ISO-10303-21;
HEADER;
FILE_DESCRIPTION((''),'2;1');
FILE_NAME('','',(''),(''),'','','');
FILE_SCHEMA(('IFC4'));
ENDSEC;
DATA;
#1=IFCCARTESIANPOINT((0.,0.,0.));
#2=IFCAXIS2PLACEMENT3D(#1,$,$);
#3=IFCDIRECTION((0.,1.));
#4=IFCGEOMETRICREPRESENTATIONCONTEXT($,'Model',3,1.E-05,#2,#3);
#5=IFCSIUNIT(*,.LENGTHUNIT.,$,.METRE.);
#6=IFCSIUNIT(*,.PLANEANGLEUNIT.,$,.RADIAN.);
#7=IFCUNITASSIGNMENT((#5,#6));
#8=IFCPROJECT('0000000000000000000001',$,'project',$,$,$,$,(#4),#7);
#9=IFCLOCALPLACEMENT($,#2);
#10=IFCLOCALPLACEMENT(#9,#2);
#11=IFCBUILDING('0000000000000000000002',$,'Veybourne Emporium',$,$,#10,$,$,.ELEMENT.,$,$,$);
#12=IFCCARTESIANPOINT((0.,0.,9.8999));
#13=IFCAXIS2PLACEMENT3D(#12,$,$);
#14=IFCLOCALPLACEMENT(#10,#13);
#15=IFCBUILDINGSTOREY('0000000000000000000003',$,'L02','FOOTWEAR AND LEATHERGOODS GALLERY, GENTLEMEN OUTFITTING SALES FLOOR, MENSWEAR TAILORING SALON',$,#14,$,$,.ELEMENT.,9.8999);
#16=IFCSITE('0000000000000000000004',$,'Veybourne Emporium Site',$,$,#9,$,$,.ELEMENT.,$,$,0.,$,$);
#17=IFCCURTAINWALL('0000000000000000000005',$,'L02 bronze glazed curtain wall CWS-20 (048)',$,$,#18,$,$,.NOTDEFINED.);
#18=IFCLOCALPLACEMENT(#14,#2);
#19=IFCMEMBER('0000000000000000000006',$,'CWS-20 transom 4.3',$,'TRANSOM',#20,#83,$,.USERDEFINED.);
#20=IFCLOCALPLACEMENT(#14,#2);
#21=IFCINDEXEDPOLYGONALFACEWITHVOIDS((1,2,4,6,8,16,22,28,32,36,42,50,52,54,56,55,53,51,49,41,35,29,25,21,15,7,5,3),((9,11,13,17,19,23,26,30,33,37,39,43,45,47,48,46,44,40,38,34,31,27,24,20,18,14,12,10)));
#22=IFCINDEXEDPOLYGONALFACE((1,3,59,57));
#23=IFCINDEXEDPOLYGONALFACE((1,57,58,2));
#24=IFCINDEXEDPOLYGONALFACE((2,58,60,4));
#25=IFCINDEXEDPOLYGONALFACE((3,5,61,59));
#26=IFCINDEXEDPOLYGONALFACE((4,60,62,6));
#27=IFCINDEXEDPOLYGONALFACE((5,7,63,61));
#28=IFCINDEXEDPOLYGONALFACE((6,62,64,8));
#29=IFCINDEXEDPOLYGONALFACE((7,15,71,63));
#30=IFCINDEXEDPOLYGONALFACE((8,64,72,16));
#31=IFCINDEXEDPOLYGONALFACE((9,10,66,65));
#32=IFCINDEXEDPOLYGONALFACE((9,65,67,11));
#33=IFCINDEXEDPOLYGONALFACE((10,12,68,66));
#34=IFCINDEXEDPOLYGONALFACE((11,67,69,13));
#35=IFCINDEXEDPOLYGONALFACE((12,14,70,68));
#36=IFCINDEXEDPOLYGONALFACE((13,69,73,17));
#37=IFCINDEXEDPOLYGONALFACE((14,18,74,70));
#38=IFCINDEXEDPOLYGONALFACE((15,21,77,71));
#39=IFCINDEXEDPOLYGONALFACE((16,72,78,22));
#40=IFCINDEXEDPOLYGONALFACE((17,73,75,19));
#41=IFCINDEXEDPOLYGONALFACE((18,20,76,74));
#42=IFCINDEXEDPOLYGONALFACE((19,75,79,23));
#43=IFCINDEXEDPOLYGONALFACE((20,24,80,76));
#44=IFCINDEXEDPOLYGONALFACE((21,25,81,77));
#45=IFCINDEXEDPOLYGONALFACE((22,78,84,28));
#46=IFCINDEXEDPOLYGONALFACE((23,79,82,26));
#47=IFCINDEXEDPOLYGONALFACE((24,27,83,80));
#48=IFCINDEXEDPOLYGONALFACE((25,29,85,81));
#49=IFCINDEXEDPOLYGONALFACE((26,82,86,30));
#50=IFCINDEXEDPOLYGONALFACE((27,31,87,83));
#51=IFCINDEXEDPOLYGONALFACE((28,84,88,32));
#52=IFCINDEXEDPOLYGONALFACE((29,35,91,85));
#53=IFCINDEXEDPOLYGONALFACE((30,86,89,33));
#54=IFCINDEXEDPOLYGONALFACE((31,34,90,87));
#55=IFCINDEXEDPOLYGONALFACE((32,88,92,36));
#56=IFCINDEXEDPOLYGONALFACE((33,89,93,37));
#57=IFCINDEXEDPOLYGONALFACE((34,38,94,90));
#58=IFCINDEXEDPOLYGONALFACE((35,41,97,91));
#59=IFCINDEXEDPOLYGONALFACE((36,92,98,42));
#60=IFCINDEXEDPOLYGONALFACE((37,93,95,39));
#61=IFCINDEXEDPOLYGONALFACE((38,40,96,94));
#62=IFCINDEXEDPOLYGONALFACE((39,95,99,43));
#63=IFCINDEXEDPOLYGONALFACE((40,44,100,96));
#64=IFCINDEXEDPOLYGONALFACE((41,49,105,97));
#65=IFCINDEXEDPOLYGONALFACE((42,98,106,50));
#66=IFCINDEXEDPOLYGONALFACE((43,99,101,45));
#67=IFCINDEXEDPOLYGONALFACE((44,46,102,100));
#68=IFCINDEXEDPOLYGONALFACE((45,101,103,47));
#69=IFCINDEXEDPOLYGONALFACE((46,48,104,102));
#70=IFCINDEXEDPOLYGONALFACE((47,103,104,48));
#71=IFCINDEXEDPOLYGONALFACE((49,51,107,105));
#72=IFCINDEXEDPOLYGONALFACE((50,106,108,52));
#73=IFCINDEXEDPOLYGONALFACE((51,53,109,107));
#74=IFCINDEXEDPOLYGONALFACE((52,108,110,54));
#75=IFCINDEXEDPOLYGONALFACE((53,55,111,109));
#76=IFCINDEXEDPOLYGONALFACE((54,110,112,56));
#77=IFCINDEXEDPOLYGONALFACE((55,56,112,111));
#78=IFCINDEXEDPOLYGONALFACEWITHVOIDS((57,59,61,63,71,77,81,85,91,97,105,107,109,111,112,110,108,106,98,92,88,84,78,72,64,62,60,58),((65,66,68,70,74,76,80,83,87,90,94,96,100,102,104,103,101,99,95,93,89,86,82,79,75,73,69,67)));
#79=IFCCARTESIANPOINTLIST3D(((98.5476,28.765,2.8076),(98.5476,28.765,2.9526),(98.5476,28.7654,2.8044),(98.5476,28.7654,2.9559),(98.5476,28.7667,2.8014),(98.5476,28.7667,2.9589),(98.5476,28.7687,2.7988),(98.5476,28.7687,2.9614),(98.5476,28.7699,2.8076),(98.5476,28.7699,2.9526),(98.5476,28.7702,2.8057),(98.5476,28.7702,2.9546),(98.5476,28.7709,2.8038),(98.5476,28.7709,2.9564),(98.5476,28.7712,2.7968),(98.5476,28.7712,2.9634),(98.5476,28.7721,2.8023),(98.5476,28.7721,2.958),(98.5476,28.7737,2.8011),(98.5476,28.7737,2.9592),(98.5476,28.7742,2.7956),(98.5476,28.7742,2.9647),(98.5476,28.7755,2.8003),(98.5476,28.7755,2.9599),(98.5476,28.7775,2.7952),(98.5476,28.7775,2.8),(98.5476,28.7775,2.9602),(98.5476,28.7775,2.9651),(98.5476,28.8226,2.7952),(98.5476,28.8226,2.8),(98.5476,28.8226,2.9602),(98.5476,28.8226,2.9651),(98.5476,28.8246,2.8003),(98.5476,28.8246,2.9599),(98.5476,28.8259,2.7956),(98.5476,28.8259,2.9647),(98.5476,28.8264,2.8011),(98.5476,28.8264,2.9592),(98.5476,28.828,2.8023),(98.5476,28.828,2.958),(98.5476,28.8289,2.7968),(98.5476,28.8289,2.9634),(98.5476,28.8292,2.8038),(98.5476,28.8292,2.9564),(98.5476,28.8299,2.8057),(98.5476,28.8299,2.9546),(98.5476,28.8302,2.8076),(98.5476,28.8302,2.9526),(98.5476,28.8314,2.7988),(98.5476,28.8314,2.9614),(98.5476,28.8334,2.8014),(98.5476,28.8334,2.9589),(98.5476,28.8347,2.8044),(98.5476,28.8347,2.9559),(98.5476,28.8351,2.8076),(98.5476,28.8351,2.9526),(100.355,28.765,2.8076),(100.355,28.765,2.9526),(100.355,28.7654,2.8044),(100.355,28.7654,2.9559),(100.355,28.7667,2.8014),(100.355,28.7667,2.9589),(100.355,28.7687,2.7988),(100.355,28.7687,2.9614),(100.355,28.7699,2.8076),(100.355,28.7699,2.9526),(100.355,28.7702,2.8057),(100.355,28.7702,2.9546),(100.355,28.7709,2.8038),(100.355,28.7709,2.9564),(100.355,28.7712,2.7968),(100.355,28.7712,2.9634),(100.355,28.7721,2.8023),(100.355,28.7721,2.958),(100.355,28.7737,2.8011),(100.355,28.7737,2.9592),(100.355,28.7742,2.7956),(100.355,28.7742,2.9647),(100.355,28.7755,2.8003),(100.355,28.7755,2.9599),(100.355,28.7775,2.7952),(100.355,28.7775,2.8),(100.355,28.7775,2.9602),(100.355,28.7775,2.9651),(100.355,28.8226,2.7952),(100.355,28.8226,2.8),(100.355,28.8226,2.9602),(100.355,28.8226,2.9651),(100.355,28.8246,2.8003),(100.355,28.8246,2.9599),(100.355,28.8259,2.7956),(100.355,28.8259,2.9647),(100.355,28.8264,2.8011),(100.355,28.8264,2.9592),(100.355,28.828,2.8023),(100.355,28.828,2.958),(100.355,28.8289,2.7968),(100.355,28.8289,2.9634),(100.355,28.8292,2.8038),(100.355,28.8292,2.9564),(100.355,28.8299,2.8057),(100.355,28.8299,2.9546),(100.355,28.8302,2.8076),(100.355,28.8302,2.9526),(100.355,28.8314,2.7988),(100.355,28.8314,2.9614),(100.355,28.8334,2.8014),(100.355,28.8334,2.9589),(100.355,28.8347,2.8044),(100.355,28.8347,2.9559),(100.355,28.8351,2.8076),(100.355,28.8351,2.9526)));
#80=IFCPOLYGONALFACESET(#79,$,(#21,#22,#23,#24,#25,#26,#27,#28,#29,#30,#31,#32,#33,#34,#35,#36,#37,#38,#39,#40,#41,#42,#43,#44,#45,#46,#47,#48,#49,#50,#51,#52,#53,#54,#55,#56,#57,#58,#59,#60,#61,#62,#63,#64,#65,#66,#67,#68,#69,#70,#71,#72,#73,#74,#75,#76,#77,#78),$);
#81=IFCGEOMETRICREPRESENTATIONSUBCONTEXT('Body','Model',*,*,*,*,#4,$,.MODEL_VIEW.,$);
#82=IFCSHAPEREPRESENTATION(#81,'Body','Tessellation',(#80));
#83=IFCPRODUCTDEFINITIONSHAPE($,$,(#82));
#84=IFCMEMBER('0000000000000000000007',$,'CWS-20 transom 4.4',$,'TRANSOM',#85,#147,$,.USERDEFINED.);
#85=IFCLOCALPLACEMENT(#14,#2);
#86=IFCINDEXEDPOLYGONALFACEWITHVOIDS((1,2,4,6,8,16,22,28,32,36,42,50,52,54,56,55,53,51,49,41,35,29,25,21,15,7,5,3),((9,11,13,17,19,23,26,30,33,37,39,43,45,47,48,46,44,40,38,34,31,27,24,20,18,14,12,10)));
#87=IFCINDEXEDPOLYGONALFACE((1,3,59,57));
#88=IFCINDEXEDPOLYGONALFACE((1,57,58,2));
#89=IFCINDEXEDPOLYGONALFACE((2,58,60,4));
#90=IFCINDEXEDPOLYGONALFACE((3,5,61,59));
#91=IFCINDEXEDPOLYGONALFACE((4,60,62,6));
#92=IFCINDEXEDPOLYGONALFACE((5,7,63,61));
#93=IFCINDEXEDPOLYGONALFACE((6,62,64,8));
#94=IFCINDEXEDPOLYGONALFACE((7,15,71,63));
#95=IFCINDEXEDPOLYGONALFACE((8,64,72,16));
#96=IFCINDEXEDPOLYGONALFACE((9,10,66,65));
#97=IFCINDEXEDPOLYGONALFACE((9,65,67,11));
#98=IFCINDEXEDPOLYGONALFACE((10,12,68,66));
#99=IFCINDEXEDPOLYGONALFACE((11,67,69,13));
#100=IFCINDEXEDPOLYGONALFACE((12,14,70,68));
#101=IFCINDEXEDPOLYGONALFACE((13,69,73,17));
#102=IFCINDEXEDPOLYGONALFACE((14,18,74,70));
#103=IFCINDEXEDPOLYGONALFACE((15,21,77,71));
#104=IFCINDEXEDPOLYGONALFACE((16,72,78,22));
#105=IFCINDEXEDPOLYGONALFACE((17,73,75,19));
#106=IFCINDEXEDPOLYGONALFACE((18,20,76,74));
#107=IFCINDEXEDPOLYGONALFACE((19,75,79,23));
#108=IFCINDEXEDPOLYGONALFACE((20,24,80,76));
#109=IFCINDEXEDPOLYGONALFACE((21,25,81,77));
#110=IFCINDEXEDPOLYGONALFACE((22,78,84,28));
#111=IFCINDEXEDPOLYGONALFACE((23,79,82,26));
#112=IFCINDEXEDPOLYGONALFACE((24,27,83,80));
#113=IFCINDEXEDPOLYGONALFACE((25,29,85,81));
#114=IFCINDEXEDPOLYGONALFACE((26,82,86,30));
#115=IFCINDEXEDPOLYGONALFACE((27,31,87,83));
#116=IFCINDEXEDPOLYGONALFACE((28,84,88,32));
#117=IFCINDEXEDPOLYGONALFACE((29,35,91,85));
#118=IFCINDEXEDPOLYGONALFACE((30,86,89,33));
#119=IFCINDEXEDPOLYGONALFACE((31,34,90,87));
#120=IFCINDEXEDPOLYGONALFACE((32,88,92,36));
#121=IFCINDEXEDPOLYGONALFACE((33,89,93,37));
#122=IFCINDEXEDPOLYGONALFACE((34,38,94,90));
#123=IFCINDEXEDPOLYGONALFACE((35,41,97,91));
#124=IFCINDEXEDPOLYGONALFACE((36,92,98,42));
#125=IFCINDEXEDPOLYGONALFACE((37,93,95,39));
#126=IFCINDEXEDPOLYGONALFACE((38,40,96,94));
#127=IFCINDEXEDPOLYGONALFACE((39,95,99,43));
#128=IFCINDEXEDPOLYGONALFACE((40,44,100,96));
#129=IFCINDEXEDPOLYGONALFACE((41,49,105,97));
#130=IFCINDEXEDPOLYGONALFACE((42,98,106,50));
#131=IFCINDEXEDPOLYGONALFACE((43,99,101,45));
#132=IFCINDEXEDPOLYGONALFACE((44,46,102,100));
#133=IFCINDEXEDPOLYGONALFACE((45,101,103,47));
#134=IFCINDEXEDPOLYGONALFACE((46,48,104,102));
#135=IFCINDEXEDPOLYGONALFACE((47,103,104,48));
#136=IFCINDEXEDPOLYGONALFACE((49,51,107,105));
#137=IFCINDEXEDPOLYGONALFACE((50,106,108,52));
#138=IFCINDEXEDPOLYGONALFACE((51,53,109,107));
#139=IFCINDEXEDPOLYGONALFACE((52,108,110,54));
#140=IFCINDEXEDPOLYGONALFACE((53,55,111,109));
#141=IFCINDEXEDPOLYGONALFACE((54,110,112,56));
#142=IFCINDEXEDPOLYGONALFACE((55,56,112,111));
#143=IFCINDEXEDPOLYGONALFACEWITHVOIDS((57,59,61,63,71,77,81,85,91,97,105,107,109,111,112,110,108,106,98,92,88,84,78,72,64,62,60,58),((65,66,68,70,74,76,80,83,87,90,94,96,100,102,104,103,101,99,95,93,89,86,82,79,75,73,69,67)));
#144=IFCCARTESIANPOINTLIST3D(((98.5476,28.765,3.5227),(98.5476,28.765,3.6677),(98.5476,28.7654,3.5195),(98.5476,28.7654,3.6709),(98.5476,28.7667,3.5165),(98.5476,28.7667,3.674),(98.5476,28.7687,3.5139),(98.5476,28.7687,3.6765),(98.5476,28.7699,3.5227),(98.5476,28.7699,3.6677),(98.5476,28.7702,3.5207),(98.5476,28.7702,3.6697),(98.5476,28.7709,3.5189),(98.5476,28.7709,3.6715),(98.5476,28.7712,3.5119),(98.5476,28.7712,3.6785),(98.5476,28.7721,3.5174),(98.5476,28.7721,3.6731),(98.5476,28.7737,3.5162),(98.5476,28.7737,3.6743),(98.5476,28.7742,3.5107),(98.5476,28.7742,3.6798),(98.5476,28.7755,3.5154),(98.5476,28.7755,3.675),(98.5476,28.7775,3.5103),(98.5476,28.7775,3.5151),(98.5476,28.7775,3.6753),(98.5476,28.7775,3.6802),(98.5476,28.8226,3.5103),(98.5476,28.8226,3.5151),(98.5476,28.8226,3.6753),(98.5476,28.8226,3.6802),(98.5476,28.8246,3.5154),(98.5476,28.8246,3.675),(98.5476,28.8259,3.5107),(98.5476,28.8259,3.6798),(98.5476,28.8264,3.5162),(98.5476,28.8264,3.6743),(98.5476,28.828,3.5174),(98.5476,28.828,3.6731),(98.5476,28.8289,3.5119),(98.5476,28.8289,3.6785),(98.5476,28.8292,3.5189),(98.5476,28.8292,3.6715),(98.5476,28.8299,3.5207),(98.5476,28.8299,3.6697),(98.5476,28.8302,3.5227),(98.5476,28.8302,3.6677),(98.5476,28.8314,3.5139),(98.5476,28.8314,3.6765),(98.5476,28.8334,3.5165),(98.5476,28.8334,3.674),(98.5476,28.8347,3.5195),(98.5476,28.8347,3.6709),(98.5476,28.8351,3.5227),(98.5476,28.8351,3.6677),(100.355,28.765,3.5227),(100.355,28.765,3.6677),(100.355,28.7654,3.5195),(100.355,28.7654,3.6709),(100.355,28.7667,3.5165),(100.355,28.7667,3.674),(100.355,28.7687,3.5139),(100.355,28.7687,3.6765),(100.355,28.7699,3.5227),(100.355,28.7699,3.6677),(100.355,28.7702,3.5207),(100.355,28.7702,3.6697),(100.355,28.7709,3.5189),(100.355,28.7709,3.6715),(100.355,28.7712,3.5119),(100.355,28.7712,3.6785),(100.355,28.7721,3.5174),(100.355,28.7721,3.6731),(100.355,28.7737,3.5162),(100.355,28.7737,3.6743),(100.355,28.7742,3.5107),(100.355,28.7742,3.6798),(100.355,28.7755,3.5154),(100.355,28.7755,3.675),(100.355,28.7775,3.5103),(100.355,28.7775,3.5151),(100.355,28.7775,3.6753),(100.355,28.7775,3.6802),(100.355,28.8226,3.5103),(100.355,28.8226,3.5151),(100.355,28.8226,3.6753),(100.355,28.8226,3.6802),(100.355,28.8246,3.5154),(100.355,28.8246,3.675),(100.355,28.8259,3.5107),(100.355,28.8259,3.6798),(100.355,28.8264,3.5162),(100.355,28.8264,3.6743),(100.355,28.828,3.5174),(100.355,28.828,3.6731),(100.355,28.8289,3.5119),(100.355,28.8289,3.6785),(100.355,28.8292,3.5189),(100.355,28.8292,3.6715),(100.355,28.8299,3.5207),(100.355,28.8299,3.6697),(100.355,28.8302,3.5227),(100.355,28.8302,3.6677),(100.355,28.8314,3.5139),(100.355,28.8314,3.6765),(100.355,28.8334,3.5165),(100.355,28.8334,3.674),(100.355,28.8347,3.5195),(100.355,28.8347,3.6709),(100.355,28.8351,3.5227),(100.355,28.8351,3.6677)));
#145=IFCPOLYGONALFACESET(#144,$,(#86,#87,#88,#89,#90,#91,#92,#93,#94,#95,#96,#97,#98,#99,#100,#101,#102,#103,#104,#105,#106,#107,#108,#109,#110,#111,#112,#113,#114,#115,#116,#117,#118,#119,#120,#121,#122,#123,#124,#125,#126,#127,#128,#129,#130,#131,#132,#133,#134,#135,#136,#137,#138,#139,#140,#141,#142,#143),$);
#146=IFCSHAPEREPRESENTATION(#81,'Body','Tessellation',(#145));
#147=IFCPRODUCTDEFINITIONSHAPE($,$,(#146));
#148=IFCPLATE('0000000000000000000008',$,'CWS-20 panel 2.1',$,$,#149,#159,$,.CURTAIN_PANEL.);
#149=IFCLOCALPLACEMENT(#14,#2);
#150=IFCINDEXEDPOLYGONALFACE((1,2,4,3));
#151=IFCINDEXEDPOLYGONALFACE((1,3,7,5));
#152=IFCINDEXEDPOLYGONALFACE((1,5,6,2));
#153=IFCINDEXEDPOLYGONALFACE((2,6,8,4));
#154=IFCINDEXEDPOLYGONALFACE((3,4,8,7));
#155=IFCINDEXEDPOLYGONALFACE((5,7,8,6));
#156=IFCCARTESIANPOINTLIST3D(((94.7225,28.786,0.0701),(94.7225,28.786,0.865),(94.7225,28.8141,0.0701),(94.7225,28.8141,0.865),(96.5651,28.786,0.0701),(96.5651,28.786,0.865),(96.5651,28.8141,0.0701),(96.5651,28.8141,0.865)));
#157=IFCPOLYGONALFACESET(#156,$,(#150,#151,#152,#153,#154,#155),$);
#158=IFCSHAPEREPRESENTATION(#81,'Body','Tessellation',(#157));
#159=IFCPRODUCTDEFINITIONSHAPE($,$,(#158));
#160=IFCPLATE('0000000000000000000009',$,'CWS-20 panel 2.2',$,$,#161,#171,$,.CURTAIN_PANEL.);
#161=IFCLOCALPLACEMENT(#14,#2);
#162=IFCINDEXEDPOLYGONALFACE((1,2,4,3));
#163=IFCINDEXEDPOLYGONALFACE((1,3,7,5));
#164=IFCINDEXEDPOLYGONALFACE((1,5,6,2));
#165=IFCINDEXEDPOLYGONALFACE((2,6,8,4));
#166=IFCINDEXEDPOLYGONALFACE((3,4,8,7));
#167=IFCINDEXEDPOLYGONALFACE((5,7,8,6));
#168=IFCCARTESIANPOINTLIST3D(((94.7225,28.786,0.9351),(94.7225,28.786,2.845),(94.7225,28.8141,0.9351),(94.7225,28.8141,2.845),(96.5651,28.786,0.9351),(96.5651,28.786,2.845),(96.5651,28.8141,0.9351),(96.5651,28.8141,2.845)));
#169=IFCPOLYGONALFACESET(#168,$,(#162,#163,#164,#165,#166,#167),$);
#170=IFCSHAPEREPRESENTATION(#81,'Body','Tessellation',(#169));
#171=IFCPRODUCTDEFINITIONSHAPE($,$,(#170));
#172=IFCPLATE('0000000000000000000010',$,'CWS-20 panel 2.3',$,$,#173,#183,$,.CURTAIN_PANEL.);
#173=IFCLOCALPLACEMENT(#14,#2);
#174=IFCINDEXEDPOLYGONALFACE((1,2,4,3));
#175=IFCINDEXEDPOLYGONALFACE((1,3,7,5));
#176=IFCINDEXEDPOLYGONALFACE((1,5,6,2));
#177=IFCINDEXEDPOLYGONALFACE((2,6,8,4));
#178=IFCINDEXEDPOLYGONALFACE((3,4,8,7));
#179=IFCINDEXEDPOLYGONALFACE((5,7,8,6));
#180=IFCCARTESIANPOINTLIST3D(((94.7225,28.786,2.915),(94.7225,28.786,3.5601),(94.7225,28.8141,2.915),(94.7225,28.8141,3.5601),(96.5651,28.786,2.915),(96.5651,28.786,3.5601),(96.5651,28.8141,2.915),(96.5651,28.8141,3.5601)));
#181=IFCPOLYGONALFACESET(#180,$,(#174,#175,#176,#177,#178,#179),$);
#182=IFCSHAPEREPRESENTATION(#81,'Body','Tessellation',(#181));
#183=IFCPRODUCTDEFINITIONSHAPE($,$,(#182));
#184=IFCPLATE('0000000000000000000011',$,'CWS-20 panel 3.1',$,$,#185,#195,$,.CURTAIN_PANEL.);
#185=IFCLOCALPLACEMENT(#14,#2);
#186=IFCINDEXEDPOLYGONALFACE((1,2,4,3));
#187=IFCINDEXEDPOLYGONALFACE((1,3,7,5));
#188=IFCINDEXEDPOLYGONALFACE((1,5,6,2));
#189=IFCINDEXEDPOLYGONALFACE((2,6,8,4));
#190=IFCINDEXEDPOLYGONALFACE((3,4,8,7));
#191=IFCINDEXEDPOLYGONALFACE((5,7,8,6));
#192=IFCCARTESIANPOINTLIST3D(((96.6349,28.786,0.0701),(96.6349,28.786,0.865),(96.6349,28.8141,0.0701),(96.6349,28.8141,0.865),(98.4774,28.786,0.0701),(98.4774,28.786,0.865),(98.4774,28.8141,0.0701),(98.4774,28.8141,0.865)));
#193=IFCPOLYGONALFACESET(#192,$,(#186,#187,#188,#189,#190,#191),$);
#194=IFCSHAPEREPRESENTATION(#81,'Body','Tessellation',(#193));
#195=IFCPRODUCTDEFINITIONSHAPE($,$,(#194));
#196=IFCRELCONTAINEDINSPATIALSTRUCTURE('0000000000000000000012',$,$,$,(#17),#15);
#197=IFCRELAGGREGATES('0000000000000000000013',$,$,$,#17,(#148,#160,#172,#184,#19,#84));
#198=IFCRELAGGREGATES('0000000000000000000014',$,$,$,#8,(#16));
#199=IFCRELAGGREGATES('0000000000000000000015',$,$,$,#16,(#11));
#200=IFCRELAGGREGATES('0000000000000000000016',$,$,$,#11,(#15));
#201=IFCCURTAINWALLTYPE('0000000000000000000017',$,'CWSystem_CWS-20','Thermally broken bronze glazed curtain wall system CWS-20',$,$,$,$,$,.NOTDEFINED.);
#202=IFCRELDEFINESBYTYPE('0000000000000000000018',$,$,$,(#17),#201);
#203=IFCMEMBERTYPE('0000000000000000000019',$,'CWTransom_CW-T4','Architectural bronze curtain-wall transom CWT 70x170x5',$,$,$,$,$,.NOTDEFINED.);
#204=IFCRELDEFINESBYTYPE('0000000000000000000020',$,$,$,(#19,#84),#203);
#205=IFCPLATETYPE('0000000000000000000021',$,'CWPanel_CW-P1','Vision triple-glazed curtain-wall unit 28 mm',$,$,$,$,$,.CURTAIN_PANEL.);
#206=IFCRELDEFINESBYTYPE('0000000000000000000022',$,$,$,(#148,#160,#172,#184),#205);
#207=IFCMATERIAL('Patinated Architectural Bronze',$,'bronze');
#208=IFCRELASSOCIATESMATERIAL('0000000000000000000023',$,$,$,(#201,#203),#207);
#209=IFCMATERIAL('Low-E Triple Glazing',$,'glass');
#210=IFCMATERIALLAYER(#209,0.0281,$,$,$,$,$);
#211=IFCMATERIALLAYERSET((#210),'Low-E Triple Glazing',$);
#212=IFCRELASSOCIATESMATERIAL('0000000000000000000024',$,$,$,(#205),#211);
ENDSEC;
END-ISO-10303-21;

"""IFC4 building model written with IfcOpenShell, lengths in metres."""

from ifc_helpers import new_model, si_unit, direction, frame, origin, origin_2d, place, context, subcontext, project, spatial, rectangle, hollow_rectangle, extrude, material, layer, layer_set, material_profile, profile_set, type_object, element, aggregate, save


model = new_model("IFC4")

# Units and contexts
model_context = context("Model", 3, precision=1e-05, world=origin(), true_north=direction((0.0, 1.0)))
body_context = subcontext(model_context, "Body", "Model", "MODEL_VIEW")
ifc_project = project(units=[si_unit("LENGTHUNIT", "METRE"), si_unit("PLANEANGLEUNIT", "RADIAN")], contexts=[model_context])

# Site, building, storey
site_placement = place(None, origin())
site = spatial("IfcSite", under=ifc_project, at=site_placement, Name="Veybourne Emporium Site", CompositionType="ELEMENT", RefElevation=0.0)
building_placement = place(site_placement, origin())
building = spatial("IfcBuilding", under=site, at=building_placement, Name="Veybourne Emporium", CompositionType="ELEMENT")
storey_placement = place(building_placement, frame((0.0, 0.0, 9.8999)))
storey = spatial("IfcBuildingStorey", under=building, at=storey_placement, Name="L02", Description="FOOTWEAR AND LEATHERGOODS GALLERY, GENTLEMEN OUTFITTING SALES FLOOR, MENSWEAR TAILORING SALON", CompositionType="ELEMENT", Elevation=9.8999)

# Curtain wall, members, plates
ifc_material_1 = material(Name="Patinated Architectural Bronze", Category="bronze")
curtain_wall_type = type_object("IfcCurtainWallType", Name="CWSystem_CWS-20", Description="Thermally broken bronze glazed curtain wall system CWS-20", PredefinedType="NOTDEFINED", material=ifc_material_1)
curtain_wall_placement = place(storey_placement, origin())
curtain_wall = element("IfcCurtainWall", 1, at=curtain_wall_placement, inside=storey, type_object=curtain_wall_type, Name="L02 bronze glazed curtain wall CWS-20 (048)", PredefinedType="NOTDEFINED")
ifc_material_profile_1 = material_profile(ifc_material_1, hollow_rectangle(XDim=0.0701, YDim=0.1699, WallThickness=0.0049, InnerFilletRadius=0.0076, OuterFilletRadius=0.0125, at=origin_2d()), Name="CWT 70x170x5")
ifc_profile_set_1 = profile_set([ifc_material_profile_1], Name="Patinated Architectural Bronze")
member_type_1 = type_object("IfcMemberType", Name="CWTransom_CW-T4", Description="Architectural bronze curtain-wall transom CWT 70x170x5", PredefinedType="NOTDEFINED", material=ifc_profile_set_1)
member_1_placement = place(storey_placement, frame((98.5476, 28.8, 2.8801), z_axis=(1.0, 0.0, 0.0), x_axis=(0.0, 1.0, 0.0)))
member_1 = element("IfcMember", 2, at=member_1_placement, type_object=member_type_1, Name="CWS-20 transom 4.3", ObjectType="TRANSOM", PredefinedType="USERDEFINED", context=body_context, shape_type="SweptSolid", body=[
    extrude(hollow_rectangle(XDim=0.0701, YDim=0.1699, WallThickness=0.0049, InnerFilletRadius=0.0076, OuterFilletRadius=0.0125, at=origin_2d()), origin(), (0.0, 0.0, 1.0), 1.8074),
])
member_2_placement = place(storey_placement, frame((98.5476, 28.8, 3.5952), z_axis=(1.0, 0.0, 0.0), x_axis=(0.0, 1.0, 0.0)))
member_2 = element("IfcMember", 3, at=member_2_placement, type_object=member_type_1, Name="CWS-20 transom 4.4", ObjectType="TRANSOM", PredefinedType="USERDEFINED", context=body_context, shape_type="SweptSolid", body=[
    extrude(hollow_rectangle(XDim=0.0701, YDim=0.1699, WallThickness=0.0049, InnerFilletRadius=0.0076, OuterFilletRadius=0.0125, at=origin_2d()), origin(), (0.0, 0.0, 1.0), 1.8074),
])
ifc_material_2 = material(Name="Low-E Triple Glazing", Category="glass")
ifc_layer_1 = layer(ifc_material_2, 0.0281)
ifc_layer_set_1 = layer_set([ifc_layer_1], Name="Low-E Triple Glazing")
plate_type = type_object("IfcPlateType", Name="CWPanel_CW-P1", Description="Vision triple-glazed curtain-wall unit 28 mm", PredefinedType="CURTAIN_PANEL", material=ifc_layer_set_1)
plate_1_placement = place(storey_placement, frame((95.6438, 28.8, 0.0701), z_axis=(0.0, 0.0, 1.0), x_axis=(1.0, 0.0, 0.0)))
plate_1 = element("IfcPlate", 4, at=plate_1_placement, type_object=plate_type, Name="CWS-20 panel 2.1", PredefinedType="CURTAIN_PANEL", context=body_context, shape_type="SweptSolid", body=[
    extrude(rectangle(XDim=1.8425, YDim=0.0281, at=origin_2d()), origin(), (0.0, 0.0, 1.0), 0.7949),
])
plate_2_placement = place(storey_placement, frame((95.6438, 28.8, 0.9351), z_axis=(0.0, 0.0, 1.0), x_axis=(1.0, 0.0, 0.0)))
plate_2 = element("IfcPlate", 5, at=plate_2_placement, type_object=plate_type, Name="CWS-20 panel 2.2", PredefinedType="CURTAIN_PANEL", context=body_context, shape_type="SweptSolid", body=[
    extrude(rectangle(XDim=1.8425, YDim=0.0281, at=origin_2d()), origin(), (0.0, 0.0, 1.0), 1.9099),
])
plate_3_placement = place(storey_placement, frame((95.6438, 28.8, 2.915), z_axis=(0.0, 0.0, 1.0), x_axis=(1.0, 0.0, 0.0)))
plate_3 = element("IfcPlate", 6, at=plate_3_placement, type_object=plate_type, Name="CWS-20 panel 2.3", PredefinedType="CURTAIN_PANEL", context=body_context, shape_type="SweptSolid", body=[
    extrude(rectangle(XDim=1.8425, YDim=0.0281, at=origin_2d()), origin(), (0.0, 0.0, 1.0), 0.645),
])
plate_4_placement = place(storey_placement, frame((97.5562, 28.8, 0.0701), z_axis=(0.0, 0.0, 1.0), x_axis=(1.0, 0.0, 0.0)))
plate_4 = element("IfcPlate", 7, at=plate_4_placement, type_object=plate_type, Name="CWS-20 panel 3.1", PredefinedType="CURTAIN_PANEL", context=body_context, shape_type="SweptSolid", body=[
    extrude(rectangle(XDim=1.8425, YDim=0.0281, at=origin_2d()), origin(), (0.0, 0.0, 1.0), 0.7949),
])
aggregate(curtain_wall, [plate_1, plate_2, plate_3, plate_4, member_1, member_2])

save(model, "model.ifc")
